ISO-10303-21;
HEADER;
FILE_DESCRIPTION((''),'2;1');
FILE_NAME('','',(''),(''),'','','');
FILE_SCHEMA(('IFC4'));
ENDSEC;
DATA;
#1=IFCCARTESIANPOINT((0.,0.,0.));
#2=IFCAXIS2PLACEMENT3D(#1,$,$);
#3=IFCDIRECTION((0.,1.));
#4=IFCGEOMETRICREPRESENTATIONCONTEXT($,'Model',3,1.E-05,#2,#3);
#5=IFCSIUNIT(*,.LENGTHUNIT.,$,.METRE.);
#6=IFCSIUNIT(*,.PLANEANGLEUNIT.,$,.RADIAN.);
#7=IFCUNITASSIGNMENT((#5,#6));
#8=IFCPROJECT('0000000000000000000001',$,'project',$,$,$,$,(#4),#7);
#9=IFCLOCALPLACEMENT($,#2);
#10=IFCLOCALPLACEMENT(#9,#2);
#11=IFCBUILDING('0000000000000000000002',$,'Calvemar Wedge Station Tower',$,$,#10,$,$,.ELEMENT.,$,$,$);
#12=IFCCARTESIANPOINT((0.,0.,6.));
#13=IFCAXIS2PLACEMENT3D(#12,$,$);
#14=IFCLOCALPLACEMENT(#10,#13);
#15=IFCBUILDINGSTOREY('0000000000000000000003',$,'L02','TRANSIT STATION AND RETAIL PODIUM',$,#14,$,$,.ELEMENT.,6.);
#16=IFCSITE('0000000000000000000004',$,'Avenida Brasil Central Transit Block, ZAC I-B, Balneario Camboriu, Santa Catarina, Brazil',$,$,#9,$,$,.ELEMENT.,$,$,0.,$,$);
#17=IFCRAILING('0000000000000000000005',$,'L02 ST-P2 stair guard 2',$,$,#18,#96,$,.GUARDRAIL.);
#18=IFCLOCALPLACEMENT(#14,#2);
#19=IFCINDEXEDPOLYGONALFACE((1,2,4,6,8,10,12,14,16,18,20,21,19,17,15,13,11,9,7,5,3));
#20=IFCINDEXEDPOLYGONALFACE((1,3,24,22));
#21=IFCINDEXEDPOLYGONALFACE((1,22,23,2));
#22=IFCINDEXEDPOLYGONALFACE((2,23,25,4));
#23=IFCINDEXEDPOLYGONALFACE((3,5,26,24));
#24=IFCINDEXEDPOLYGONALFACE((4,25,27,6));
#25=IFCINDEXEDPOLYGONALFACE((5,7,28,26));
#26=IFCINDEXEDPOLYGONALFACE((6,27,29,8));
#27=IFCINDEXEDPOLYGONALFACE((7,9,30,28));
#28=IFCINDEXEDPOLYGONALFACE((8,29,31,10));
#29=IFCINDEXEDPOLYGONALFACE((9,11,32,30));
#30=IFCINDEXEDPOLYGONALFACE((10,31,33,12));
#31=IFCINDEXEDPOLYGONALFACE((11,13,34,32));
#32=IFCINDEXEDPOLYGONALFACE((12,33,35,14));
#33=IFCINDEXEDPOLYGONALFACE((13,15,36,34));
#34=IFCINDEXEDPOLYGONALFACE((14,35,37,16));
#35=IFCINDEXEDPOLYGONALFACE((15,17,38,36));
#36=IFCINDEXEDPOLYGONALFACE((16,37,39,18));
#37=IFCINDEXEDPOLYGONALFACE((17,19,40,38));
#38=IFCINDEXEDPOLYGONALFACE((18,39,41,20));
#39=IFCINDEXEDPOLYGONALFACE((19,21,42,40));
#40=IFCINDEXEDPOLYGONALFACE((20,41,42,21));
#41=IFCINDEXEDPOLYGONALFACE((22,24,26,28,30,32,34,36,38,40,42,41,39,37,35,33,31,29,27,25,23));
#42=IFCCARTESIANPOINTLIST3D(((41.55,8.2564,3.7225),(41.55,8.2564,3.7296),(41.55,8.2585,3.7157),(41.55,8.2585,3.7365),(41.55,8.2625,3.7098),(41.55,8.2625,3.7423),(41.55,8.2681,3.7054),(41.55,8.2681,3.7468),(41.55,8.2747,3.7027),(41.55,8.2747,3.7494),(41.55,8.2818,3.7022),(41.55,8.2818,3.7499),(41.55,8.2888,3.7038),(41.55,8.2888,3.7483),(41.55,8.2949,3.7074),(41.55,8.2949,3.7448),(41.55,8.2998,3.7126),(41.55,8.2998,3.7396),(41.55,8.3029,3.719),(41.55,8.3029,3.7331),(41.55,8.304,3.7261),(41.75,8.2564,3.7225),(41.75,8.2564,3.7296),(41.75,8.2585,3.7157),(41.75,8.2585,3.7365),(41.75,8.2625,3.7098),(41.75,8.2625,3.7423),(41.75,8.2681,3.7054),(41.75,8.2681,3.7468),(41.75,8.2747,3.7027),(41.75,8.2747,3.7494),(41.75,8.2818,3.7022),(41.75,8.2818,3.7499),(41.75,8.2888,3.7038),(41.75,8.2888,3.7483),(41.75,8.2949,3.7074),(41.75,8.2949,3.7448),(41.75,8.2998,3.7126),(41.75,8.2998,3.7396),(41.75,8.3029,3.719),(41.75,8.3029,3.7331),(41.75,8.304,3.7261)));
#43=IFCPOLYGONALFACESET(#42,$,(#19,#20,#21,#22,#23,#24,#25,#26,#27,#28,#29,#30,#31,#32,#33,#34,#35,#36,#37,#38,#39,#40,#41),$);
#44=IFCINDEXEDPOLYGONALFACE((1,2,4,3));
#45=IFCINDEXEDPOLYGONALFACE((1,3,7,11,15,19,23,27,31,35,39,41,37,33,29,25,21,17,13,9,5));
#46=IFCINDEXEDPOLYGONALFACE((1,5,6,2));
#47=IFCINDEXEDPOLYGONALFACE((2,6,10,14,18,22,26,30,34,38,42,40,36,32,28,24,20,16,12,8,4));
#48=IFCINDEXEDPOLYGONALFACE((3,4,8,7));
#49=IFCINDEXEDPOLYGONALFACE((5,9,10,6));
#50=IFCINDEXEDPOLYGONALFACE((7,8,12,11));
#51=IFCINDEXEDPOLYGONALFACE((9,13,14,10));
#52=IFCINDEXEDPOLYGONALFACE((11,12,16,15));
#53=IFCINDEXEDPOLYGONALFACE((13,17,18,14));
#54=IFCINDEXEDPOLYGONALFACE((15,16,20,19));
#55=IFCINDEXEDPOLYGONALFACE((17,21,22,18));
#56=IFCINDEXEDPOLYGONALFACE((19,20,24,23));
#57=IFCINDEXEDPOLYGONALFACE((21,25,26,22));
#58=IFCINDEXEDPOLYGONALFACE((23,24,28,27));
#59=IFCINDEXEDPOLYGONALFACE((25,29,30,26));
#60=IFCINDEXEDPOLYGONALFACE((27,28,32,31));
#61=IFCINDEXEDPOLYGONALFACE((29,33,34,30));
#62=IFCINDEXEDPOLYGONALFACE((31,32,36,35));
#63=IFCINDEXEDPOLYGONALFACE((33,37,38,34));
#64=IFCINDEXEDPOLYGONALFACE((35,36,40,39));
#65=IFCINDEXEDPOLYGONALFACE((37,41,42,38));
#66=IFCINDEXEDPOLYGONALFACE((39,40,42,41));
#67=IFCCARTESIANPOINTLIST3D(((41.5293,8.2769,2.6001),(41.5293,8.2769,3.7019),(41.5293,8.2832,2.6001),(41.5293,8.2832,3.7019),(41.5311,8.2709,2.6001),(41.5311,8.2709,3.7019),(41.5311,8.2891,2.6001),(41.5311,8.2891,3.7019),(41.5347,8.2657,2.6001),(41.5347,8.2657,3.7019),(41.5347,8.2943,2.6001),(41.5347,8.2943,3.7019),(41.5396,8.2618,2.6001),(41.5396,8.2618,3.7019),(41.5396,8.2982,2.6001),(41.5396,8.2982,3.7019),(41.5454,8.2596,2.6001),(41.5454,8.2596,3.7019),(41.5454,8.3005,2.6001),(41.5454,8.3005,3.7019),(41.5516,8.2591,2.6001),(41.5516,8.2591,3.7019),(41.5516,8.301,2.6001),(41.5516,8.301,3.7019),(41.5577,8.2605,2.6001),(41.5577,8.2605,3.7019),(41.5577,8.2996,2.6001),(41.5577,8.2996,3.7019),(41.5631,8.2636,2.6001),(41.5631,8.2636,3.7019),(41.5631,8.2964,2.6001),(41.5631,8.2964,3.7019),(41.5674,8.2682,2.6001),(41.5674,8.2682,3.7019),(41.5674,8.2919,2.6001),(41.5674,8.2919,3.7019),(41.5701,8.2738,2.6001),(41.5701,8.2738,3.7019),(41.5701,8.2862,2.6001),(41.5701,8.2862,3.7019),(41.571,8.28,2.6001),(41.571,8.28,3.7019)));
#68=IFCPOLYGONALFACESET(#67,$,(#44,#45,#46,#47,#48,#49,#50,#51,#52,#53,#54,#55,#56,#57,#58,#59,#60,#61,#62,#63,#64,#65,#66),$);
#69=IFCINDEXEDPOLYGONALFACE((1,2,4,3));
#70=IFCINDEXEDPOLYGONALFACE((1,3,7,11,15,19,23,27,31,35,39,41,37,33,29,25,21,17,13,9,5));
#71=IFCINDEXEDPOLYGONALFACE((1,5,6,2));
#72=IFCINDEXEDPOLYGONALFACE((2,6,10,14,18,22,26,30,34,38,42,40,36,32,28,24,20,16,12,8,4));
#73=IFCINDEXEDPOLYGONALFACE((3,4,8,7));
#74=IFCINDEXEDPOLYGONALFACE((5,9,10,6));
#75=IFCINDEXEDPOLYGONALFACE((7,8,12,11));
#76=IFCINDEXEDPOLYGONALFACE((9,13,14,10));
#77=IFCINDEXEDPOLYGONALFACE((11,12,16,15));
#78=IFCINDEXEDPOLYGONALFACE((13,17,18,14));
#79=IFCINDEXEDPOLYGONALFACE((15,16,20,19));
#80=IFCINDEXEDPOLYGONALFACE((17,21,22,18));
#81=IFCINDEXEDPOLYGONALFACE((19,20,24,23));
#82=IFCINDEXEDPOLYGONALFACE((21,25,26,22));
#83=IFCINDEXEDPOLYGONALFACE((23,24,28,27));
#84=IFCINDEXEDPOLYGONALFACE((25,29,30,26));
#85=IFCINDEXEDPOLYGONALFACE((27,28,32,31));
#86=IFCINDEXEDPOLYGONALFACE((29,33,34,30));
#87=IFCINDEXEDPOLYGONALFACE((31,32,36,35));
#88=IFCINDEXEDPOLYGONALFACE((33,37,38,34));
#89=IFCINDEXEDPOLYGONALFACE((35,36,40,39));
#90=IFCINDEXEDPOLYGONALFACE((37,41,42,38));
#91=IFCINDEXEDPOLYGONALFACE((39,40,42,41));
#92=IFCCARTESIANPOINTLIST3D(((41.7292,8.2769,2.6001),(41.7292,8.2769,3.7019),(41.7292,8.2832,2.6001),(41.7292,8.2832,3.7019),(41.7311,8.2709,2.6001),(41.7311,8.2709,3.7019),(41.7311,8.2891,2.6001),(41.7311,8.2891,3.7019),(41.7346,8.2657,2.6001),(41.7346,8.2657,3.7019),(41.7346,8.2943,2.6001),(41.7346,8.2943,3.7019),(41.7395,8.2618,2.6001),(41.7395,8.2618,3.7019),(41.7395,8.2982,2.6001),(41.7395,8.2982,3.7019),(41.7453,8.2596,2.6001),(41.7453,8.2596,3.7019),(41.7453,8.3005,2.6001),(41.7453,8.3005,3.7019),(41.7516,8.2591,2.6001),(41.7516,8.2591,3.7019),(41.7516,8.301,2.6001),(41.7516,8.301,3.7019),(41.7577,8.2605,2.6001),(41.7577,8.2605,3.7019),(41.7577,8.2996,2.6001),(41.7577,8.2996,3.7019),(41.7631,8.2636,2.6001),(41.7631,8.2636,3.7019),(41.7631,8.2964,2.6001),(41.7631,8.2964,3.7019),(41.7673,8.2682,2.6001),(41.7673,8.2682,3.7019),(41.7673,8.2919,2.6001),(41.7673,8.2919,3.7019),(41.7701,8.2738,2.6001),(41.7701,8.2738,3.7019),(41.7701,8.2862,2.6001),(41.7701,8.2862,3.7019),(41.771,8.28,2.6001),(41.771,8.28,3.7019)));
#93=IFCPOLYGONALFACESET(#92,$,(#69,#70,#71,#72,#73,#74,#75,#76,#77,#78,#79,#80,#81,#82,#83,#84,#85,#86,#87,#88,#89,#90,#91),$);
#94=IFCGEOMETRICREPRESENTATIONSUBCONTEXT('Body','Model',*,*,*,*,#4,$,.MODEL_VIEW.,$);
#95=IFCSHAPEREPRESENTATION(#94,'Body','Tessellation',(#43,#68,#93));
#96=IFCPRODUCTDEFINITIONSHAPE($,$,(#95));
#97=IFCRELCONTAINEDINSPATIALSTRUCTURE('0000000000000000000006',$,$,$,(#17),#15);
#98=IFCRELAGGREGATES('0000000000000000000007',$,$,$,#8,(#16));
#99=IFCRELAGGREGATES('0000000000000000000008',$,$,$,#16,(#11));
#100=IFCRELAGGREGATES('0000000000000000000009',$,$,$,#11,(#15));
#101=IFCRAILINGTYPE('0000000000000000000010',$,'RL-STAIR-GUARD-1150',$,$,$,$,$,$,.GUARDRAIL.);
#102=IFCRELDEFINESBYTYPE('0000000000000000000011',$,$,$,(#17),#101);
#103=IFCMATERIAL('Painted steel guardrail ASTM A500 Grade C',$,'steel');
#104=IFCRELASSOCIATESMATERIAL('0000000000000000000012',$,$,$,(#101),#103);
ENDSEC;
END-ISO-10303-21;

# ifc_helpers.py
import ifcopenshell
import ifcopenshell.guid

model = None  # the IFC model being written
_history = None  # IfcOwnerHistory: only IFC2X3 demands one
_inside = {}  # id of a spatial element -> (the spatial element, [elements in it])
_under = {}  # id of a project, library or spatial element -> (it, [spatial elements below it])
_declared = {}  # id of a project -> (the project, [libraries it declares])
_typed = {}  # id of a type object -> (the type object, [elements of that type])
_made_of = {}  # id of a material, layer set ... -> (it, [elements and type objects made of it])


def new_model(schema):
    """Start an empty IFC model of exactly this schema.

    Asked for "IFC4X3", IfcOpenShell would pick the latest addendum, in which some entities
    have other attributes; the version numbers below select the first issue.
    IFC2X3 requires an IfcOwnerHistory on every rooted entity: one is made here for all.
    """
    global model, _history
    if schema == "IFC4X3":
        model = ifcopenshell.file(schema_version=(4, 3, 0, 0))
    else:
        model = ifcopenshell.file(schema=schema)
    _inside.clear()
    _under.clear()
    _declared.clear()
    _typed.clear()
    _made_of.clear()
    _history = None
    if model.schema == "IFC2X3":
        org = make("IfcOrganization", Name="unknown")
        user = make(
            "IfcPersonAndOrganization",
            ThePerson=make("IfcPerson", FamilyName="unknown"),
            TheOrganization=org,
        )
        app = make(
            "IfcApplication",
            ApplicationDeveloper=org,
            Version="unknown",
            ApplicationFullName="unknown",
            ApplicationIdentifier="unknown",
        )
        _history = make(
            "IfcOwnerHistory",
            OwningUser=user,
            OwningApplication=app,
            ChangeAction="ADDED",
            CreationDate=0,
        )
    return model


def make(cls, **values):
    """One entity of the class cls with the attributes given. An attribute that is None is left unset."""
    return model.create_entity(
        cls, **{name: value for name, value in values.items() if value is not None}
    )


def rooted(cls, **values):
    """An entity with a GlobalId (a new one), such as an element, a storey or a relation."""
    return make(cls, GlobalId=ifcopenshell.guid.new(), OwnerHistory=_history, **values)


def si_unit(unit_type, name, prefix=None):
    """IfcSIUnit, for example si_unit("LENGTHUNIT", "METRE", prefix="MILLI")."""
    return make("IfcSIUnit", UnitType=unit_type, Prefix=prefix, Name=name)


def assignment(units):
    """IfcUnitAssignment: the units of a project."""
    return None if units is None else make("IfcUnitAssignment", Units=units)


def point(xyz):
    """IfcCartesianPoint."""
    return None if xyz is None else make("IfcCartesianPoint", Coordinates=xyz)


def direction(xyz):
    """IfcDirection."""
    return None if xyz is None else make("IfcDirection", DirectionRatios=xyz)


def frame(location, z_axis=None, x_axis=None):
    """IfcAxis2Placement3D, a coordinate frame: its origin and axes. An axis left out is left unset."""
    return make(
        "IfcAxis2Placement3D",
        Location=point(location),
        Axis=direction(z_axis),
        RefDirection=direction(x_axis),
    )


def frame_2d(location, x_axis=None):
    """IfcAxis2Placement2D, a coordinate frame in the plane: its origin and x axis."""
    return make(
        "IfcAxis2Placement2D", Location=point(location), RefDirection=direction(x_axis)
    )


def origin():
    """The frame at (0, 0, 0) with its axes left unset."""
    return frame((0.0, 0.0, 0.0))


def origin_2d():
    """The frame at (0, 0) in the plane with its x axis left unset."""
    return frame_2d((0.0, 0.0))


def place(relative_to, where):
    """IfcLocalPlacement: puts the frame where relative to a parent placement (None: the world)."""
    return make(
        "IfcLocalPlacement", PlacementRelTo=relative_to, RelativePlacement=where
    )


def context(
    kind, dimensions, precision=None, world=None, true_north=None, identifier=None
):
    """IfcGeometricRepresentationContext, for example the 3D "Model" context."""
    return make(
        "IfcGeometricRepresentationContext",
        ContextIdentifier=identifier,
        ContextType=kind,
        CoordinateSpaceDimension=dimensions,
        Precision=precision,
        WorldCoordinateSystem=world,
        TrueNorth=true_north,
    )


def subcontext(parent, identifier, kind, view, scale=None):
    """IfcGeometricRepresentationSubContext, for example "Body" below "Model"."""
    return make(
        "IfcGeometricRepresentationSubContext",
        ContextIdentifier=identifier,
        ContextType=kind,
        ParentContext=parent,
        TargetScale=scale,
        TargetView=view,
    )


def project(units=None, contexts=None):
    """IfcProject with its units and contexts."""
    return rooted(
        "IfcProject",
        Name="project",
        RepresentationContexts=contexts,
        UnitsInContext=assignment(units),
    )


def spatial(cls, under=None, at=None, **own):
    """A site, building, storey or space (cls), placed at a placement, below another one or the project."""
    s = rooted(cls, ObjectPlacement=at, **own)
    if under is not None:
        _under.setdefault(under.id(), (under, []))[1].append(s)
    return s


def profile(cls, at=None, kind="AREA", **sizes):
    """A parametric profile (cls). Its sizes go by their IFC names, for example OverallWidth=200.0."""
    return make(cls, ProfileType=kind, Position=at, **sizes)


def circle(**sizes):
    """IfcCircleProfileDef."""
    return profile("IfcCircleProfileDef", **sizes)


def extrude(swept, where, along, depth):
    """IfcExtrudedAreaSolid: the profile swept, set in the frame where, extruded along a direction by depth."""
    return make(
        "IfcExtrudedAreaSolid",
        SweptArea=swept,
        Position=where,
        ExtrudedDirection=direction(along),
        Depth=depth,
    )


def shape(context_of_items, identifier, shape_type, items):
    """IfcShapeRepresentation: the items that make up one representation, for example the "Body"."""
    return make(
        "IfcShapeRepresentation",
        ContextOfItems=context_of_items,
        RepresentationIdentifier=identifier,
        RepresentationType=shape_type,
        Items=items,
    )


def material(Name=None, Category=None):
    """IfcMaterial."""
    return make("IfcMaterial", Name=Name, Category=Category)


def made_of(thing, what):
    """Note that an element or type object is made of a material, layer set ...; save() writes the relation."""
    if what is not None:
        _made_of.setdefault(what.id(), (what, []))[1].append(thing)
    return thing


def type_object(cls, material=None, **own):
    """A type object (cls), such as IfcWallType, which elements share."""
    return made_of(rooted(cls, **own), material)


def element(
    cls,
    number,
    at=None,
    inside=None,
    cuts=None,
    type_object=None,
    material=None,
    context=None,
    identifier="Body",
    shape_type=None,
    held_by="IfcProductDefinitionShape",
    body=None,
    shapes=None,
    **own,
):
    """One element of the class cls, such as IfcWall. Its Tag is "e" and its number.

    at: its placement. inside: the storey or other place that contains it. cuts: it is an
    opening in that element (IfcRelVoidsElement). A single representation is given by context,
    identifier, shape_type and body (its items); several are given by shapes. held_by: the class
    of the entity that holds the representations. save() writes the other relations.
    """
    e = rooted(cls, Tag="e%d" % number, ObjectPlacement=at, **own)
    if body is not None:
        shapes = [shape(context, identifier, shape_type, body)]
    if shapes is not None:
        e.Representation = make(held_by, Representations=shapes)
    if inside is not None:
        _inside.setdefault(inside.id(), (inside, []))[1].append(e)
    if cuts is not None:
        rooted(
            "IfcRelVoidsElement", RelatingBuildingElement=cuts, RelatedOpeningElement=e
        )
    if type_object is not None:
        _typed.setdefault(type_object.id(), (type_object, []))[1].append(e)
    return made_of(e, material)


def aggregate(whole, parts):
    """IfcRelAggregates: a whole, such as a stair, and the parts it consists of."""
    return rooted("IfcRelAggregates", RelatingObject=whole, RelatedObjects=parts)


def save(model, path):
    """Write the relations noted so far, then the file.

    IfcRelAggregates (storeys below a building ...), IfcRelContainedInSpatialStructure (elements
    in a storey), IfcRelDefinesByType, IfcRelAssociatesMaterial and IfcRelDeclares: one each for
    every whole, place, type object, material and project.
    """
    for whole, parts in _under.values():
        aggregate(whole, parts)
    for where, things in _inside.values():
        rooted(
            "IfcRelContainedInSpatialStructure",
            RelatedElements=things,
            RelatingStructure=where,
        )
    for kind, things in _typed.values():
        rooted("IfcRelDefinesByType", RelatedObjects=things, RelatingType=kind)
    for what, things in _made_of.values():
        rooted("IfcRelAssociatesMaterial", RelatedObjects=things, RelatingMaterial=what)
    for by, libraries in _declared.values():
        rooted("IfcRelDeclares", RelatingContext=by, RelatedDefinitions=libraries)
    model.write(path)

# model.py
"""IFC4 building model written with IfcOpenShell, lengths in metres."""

from ifc_helpers import new_model, si_unit, direction, frame, origin, origin_2d, place, context, subcontext, project, spatial, circle, extrude, material, type_object, element, save


model = new_model("IFC4")

# Units and contexts
model_context = context("Model", 3, precision=1e-05, world=origin(), true_north=direction((0.0, 1.0)))
body_context = subcontext(model_context, "Body", "Model", "MODEL_VIEW")
ifc_project = project(units=[si_unit("LENGTHUNIT", "METRE"), si_unit("PLANEANGLEUNIT", "RADIAN")], contexts=[model_context])

# Site, building, storey
site_placement = place(None, origin())
site = spatial("IfcSite", under=ifc_project, at=site_placement, Name="Avenida Brasil Central Transit Block, ZAC I-B, Balneario Camboriu, Santa Catarina, Brazil", CompositionType="ELEMENT", RefElevation=0.0)
building_placement = place(site_placement, origin())
building = spatial("IfcBuilding", under=site, at=building_placement, Name="Calvemar Wedge Station Tower", CompositionType="ELEMENT")
storey_placement = place(building_placement, frame((0.0, 0.0, 6.0)))
storey = spatial("IfcBuildingStorey", under=building, at=storey_placement, Name="L02", Description="TRANSIT STATION AND RETAIL PODIUM", CompositionType="ELEMENT", Elevation=6.0)

# Railing
ifc_material_1 = material(Name="Painted steel guardrail ASTM A500 Grade C", Category="steel")
railing_type_1 = type_object("IfcRailingType", Name="RL-STAIR-GUARD-1150", PredefinedType="GUARDRAIL", material=ifc_material_1)
railing_1_placement = place(storey_placement, frame((41.55, 8.28, 2.6001)))
element("IfcRailing", 1, at=railing_1_placement, inside=storey, type_object=railing_type_1, Name="L02 ST-P2 stair guard 2", PredefinedType="GUARDRAIL", context=body_context, shape_type="SweptSolid", body=[
    extrude(circle(Radius=0.0239, at=origin_2d()), frame((0.0, 0.0, 1.126), z_axis=(1.0, 0.0, 0.0), x_axis=(0.0, 1.0, 0.0)), (0.0, 0.0, 1.0), 0.2),
    extrude(circle(Radius=0.021, at=origin_2d()), origin(), (0.0, 0.0, 1.0), 1.1018),
    extrude(circle(Radius=0.021, at=origin_2d()), frame((0.2, 0.0, 0.0)), (0.0, 0.0, 1.0), 1.1018),
])

save(model, "model.ifc")
